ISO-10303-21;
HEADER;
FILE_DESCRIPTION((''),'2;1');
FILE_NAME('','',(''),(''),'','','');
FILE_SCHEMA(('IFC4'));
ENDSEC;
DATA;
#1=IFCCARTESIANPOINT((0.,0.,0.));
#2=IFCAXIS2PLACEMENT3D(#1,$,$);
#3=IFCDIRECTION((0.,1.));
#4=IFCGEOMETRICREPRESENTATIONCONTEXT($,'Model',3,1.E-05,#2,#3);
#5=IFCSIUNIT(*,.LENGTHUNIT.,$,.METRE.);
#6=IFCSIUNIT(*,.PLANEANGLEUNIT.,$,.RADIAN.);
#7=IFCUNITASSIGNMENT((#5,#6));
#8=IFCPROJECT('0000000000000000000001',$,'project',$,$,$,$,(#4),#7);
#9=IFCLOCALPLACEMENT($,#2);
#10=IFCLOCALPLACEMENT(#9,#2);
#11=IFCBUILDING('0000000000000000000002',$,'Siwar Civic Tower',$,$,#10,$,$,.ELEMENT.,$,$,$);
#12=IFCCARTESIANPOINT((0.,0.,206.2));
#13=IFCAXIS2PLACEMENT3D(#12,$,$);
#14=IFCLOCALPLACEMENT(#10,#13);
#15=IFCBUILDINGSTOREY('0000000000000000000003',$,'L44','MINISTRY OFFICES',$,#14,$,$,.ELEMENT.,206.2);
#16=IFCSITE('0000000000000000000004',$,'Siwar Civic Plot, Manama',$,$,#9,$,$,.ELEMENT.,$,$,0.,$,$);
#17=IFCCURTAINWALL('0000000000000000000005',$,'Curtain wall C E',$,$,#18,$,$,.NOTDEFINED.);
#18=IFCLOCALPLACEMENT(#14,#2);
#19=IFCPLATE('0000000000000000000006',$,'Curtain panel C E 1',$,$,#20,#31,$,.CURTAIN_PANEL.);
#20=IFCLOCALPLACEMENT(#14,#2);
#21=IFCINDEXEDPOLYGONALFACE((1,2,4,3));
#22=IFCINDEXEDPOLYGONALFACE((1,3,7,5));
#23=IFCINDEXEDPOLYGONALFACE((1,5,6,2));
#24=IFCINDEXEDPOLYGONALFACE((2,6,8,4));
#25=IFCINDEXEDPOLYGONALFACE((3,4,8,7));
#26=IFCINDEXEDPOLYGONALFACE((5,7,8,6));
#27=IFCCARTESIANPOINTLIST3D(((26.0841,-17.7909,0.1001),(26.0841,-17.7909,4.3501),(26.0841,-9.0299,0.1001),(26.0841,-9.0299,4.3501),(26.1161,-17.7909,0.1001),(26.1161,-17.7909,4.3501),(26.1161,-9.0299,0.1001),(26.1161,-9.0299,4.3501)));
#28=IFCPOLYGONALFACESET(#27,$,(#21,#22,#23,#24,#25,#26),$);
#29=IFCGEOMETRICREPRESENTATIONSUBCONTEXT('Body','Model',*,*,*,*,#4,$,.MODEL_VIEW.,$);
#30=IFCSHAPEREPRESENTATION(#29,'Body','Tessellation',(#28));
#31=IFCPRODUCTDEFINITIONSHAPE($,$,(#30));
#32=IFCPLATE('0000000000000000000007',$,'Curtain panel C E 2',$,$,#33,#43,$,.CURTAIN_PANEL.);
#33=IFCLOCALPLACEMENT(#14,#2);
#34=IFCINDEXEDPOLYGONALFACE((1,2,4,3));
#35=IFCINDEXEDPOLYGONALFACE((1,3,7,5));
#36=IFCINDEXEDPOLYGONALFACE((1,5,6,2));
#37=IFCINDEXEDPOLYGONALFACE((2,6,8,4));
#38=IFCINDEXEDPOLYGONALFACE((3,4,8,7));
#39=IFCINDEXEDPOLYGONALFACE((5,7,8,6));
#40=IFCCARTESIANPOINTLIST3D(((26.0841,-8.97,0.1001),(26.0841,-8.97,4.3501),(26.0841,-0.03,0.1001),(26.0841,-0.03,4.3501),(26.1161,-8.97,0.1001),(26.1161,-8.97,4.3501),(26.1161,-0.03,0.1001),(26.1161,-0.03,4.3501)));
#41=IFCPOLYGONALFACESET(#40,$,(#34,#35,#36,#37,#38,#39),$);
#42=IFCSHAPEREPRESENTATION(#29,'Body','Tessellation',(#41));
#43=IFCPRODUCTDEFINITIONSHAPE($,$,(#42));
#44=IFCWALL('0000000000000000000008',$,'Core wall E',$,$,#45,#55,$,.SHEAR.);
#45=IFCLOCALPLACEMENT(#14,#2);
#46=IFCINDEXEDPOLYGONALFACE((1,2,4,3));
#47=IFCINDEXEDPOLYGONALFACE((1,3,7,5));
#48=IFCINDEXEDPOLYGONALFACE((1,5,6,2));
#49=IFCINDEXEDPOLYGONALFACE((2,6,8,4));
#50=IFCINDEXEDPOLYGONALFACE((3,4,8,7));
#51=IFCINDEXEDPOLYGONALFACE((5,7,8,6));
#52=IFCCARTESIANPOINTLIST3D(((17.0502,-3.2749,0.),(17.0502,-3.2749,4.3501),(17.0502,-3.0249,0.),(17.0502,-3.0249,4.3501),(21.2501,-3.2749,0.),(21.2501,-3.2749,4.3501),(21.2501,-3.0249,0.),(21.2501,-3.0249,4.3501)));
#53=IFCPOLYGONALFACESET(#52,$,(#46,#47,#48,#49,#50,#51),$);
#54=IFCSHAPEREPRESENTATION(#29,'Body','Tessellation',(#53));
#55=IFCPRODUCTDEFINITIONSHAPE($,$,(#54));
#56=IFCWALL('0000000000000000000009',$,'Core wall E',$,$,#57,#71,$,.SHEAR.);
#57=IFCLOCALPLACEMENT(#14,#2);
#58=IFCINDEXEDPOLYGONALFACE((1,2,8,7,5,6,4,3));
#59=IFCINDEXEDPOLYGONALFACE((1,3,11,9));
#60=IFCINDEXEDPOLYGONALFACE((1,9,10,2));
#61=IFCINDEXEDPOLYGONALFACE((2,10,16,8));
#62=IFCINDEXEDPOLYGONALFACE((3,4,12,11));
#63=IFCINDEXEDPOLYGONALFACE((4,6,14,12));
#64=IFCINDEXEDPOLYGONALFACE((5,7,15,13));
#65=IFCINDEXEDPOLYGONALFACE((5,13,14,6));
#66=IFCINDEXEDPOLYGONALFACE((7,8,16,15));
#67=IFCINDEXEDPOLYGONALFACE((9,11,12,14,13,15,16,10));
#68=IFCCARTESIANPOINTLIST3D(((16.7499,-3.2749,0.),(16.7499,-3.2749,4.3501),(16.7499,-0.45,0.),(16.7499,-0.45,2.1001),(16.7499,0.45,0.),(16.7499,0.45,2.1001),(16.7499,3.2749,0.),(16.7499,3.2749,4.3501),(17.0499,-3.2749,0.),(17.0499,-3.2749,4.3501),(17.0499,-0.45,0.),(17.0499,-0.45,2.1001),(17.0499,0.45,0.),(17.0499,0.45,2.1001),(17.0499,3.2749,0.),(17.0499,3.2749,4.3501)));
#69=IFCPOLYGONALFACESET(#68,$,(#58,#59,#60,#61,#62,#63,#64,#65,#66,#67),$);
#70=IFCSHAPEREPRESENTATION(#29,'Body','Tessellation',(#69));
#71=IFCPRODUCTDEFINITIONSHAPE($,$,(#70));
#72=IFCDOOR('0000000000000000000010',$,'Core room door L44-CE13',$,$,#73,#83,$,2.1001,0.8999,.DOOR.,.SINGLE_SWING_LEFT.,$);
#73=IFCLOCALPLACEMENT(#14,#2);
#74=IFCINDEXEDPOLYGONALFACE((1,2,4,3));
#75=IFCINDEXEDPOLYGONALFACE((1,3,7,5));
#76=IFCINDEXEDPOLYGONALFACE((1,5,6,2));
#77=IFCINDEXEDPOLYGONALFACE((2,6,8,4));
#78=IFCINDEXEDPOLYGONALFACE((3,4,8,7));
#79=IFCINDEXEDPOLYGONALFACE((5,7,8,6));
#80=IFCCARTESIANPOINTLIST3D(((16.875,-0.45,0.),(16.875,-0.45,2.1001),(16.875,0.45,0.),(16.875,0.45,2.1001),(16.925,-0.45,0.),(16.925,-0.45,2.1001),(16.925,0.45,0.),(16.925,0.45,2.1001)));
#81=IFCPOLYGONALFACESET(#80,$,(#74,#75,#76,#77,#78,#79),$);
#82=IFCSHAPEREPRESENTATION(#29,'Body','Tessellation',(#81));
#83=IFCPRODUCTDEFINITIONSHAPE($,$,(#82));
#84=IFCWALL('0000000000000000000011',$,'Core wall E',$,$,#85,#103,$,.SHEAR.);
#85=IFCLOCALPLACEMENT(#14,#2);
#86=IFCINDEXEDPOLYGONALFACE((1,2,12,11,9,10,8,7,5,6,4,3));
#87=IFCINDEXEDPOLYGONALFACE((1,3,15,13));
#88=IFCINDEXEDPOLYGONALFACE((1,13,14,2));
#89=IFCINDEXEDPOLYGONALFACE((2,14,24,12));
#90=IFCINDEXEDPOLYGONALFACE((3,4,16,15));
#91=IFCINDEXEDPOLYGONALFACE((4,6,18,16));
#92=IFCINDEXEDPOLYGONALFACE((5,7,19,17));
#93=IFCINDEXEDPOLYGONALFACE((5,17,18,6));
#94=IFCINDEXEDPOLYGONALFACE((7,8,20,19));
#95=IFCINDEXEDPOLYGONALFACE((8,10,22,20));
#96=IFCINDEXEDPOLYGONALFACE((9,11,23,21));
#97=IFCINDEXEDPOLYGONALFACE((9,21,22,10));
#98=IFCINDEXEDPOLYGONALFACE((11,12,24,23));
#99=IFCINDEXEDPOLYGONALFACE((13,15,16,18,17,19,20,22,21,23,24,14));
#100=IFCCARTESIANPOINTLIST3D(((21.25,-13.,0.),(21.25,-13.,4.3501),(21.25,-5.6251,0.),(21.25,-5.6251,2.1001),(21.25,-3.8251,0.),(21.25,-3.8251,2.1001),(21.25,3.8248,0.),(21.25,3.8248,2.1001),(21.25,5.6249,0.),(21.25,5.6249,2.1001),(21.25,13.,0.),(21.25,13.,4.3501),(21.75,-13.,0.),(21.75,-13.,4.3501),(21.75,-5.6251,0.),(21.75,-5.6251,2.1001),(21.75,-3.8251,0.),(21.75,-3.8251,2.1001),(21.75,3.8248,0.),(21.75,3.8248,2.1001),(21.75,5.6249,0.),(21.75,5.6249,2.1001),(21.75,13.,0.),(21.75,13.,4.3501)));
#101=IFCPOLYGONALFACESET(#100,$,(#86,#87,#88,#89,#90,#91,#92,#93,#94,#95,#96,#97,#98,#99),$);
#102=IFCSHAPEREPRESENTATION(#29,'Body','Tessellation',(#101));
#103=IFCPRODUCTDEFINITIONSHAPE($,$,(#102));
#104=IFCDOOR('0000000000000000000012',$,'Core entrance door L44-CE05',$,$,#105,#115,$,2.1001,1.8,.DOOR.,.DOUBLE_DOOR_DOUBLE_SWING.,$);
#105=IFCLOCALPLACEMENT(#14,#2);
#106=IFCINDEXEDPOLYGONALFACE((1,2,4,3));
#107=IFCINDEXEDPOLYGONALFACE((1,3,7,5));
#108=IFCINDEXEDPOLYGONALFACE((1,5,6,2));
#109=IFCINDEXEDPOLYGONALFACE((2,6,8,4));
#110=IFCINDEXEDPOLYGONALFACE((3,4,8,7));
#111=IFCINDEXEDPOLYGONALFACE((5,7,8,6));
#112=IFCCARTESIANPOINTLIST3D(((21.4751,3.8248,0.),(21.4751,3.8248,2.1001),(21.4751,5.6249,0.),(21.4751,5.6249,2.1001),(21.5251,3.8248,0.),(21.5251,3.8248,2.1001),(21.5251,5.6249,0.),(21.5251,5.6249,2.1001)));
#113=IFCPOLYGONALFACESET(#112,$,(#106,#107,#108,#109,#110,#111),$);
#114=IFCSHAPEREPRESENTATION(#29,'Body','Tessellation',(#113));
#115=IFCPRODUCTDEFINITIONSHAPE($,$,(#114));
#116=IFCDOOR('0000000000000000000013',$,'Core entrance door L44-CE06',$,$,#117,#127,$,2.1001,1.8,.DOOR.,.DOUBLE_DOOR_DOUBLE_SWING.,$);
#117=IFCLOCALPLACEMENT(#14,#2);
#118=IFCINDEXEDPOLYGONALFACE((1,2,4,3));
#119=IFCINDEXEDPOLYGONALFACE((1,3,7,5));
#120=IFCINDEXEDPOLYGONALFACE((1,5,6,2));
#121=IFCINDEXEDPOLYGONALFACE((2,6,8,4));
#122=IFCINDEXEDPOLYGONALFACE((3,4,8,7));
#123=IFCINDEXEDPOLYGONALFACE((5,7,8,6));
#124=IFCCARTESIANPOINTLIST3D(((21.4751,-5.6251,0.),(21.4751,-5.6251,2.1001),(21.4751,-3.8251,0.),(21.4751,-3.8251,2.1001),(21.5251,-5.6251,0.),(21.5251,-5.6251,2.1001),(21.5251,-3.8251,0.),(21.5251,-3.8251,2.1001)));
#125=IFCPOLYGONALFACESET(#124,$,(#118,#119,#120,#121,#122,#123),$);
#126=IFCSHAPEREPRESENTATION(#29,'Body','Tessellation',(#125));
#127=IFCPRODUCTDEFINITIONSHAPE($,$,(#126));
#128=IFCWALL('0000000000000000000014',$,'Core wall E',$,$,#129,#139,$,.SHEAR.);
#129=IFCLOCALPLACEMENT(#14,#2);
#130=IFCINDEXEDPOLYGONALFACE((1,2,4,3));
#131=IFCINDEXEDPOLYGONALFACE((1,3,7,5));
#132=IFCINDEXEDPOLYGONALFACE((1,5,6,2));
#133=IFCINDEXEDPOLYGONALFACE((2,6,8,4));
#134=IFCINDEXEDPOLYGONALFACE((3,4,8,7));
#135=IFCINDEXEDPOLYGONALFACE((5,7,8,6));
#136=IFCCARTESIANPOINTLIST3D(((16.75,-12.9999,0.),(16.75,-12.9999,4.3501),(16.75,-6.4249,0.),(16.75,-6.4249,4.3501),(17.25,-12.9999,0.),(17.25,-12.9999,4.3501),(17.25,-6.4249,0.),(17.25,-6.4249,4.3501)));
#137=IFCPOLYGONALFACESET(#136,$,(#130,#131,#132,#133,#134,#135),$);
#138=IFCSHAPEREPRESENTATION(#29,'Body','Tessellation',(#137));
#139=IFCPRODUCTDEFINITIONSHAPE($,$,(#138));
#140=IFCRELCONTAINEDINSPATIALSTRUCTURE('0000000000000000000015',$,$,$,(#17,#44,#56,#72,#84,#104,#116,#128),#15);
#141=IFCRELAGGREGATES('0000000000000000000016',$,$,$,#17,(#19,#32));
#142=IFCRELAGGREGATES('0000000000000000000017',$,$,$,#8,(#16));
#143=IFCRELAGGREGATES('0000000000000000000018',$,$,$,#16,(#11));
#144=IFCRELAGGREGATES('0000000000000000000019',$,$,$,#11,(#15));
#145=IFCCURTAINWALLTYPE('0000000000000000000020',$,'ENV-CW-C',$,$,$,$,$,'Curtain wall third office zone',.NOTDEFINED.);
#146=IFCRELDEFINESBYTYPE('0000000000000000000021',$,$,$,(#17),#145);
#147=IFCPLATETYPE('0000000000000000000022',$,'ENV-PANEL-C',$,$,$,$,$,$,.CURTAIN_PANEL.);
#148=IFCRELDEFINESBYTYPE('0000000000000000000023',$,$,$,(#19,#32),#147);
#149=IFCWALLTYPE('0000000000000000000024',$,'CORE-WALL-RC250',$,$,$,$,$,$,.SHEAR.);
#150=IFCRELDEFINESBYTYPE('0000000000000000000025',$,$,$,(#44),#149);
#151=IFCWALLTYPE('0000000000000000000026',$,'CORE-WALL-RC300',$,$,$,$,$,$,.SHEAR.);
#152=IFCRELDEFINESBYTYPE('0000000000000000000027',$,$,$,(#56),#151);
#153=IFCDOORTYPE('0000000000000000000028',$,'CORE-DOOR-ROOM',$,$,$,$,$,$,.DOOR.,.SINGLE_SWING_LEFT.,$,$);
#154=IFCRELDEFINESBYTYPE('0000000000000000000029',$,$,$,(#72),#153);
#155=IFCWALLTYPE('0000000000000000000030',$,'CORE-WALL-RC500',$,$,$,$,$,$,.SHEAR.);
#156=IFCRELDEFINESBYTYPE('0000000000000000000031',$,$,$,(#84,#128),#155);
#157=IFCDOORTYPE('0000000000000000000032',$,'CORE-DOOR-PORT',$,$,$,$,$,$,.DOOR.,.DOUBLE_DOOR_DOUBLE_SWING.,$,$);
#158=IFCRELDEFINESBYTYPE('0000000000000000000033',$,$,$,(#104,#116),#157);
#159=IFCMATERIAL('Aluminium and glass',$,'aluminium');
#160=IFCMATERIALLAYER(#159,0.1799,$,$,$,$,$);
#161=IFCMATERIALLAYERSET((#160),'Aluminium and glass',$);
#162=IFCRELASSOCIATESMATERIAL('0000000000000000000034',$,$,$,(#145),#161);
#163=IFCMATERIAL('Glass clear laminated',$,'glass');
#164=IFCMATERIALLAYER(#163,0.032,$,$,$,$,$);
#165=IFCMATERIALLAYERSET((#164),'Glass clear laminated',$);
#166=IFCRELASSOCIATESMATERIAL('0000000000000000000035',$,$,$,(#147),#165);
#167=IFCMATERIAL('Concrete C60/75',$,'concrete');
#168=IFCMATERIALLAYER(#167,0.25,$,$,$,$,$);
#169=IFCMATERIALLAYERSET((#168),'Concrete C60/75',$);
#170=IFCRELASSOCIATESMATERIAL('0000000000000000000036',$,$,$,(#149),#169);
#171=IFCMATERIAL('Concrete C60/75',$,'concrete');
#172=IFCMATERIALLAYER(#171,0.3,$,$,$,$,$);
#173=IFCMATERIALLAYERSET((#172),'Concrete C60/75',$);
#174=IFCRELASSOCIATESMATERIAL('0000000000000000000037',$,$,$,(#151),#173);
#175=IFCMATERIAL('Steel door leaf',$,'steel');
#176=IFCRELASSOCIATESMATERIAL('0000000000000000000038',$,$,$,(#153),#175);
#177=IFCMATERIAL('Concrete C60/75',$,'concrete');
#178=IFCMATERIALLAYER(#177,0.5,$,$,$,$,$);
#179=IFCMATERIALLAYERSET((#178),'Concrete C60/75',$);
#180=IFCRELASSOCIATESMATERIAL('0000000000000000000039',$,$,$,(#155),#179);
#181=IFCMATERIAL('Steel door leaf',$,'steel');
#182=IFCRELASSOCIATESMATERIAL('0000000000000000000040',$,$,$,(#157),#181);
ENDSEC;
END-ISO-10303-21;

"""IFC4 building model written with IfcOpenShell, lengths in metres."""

from ifc_helpers import new_model, si_unit, direction, frame, frame_2d, origin, origin_2d, place, context, subcontext, project, spatial, rectangle, extrude, material, layer, layer_set, type_object, element, fill, aggregate, save


model = new_model("IFC4")

# Units and contexts
model_context = context("Model", 3, precision=1e-05, world=origin(), true_north=direction((0.0, 1.0)))
body_context = subcontext(model_context, "Body", "Model", "MODEL_VIEW")
ifc_project = project(units=[si_unit("LENGTHUNIT", "METRE"), si_unit("PLANEANGLEUNIT", "RADIAN")], contexts=[model_context])

# Site, building, storey
site_placement = place(None, origin())
site = spatial("IfcSite", under=ifc_project, at=site_placement, Name="Siwar Civic Plot, Manama", CompositionType="ELEMENT", RefElevation=0.0)
building_placement = place(site_placement, origin())
building = spatial("IfcBuilding", under=site, at=building_placement, Name="Siwar Civic Tower", CompositionType="ELEMENT")
storey_placement = place(building_placement, frame((0.0, 0.0, 206.2)))
storey = spatial("IfcBuildingStorey", under=building, at=storey_placement, Name="L44", Description="MINISTRY OFFICES", CompositionType="ELEMENT", Elevation=206.2)

# Curtain wall
ifc_material_1 = material(Name="Aluminium and glass", Category="aluminium")
ifc_layer_1 = layer(ifc_material_1, 0.1799)
ifc_layer_set_1 = layer_set([ifc_layer_1], Name="Aluminium and glass")
curtain_wall_type = type_object("IfcCurtainWallType", Name="ENV-CW-C", ElementType="Curtain wall third office zone", PredefinedType="NOTDEFINED", material=ifc_layer_set_1)
curtain_wall_placement = place(storey_placement, origin())
curtain_wall = element("IfcCurtainWall", 1, at=curtain_wall_placement, inside=storey, type_object=curtain_wall_type, Name="Curtain wall C E", PredefinedType="NOTDEFINED")

# Plates
ifc_material_2 = material(Name="Glass clear laminated", Category="glass")
ifc_layer_2 = layer(ifc_material_2, 0.032)
ifc_layer_set_2 = layer_set([ifc_layer_2], Name="Glass clear laminated")
plate_type = type_object("IfcPlateType", Name="ENV-PANEL-C", PredefinedType="CURTAIN_PANEL", material=ifc_layer_set_2)
plate_1_placement = place(storey_placement, frame((26.1001, -13.4104, 0.1001), z_axis=(0.0, 0.0, 1.0), x_axis=(0.0, 1.0, 0.0)))
plate_1 = element("IfcPlate", 2, at=plate_1_placement, type_object=plate_type, Name="Curtain panel C E 1", PredefinedType="CURTAIN_PANEL", context=body_context, shape_type="SweptSolid", body=[
    extrude(rectangle(XDim=8.761, YDim=0.032, at=origin_2d()), origin(), (0.0, 0.0, 1.0), 4.25),
])
plate_2_placement = place(storey_placement, frame((26.1001, -4.5, 0.1001), z_axis=(0.0, 0.0, 1.0), x_axis=(0.0, 1.0, 0.0)))
plate_2 = element("IfcPlate", 3, at=plate_2_placement, type_object=plate_type, Name="Curtain panel C E 2", PredefinedType="CURTAIN_PANEL", context=body_context, shape_type="SweptSolid", body=[
    extrude(rectangle(XDim=8.9399, YDim=0.032, at=origin_2d()), origin(), (0.0, 0.0, 1.0), 4.25),
])
aggregate(curtain_wall, [plate_1, plate_2])

# Wall
ifc_material_3 = material(Name="Concrete C60/75", Category="concrete")
ifc_layer_3 = layer(ifc_material_3, 0.25)
ifc_layer_set_3 = layer_set([ifc_layer_3], Name="Concrete C60/75")
wall_type_1 = type_object("IfcWallType", Name="CORE-WALL-RC250", PredefinedType="SHEAR", material=ifc_layer_set_3)
wall_1_placement = place(storey_placement, frame((17.05, -3.1499, 0.0), z_axis=(0.0, 0.0, 1.0), x_axis=(1.0, 0.0, 0.0)))
element("IfcWall", 4, at=wall_1_placement, inside=storey, type_object=wall_type_1, Name="Core wall E", PredefinedType="SHEAR", context=body_context, shape_type="SweptSolid", body=[
    extrude(rectangle(XDim=4.2, YDim=0.25, at=frame_2d((2.1001, 0.0))), origin(), (0.0, 0.0, 1.0), 4.3501),
])

# Wall, opening, door
ifc_material_4 = material(Name="Concrete C60/75", Category="concrete")
ifc_layer_4 = layer(ifc_material_4, 0.3)
ifc_layer_set_4 = layer_set([ifc_layer_4], Name="Concrete C60/75")
wall_type_2 = type_object("IfcWallType", Name="CORE-WALL-RC300", PredefinedType="SHEAR", material=ifc_layer_set_4)
wall_2_placement = place(storey_placement, frame((16.8999, -3.2749, 0.0), z_axis=(0.0, 0.0, 1.0), x_axis=(0.0, 1.0, 0.0)))
wall_2 = element("IfcWall", 5, at=wall_2_placement, inside=storey, type_object=wall_type_2, Name="Core wall E", PredefinedType="SHEAR", context=body_context, shape_type="SweptSolid", body=[
    extrude(rectangle(XDim=6.5498, YDim=0.3, at=frame_2d((3.2749, 0.0))), origin(), (0.0, 0.0, 1.0), 4.3501),
])
opening_1_placement = place(wall_2_placement, frame((2.825, 0.0, 0.0)))
opening_1 = element("IfcOpeningElement", 6, at=opening_1_placement, cuts=wall_2, PredefinedType="OPENING", context=body_context, shape_type="SweptSolid", body=[
    extrude(rectangle(XDim=0.8999, YDim=2.1001, at=frame_2d((0.45, 1.05))), frame((0.0, 0.1602, 0.0), z_axis=(0.0, -1.0, 0.0), x_axis=(1.0, 0.0, 0.0)), (0.0, 0.0, 1.0), 0.3201),
])
ifc_material_5 = material(Name="Steel door leaf", Category="steel")
door_type_1 = type_object("IfcDoorType", Name="CORE-DOOR-ROOM", OperationType="SINGLE_SWING_LEFT", PredefinedType="DOOR", material=ifc_material_5)
door_1_placement = place(opening_1_placement, origin())
door_1 = element("IfcDoor", 7, at=door_1_placement, inside=storey, type_object=door_type_1, Name="Core room door L44-CE13", OperationType="SINGLE_SWING_LEFT", OverallHeight=2.1001, OverallWidth=0.8999, PredefinedType="DOOR", context=body_context, shape_type="SweptSolid", body=[
    extrude(rectangle(XDim=0.8999, YDim=2.1001, at=frame_2d((0.45, 1.05))), frame((0.0, 0.0249, 0.0), z_axis=(0.0, -1.0, 0.0), x_axis=(1.0, 0.0, 0.0)), (0.0, 0.0, 1.0), 0.05),
])
fill(opening_1, door_1)

# Wall, openings, doors
ifc_material_6 = material(Name="Concrete C60/75", Category="concrete")
ifc_layer_5 = layer(ifc_material_6, 0.5)
ifc_layer_set_5 = layer_set([ifc_layer_5], Name="Concrete C60/75")
wall_type_3 = type_object("IfcWallType", Name="CORE-WALL-RC500", PredefinedType="SHEAR", material=ifc_layer_set_5)
wall_3_placement = place(storey_placement, frame((21.5, -13.0, 0.0), z_axis=(0.0, 0.0, 1.0), x_axis=(0.0, 1.0, 0.0)))
wall_3 = element("IfcWall", 8, at=wall_3_placement, inside=storey, type_object=wall_type_3, Name="Core wall E", PredefinedType="SHEAR", context=body_context, shape_type="SweptSolid", body=[
    extrude(rectangle(XDim=26.0, YDim=0.5, at=frame_2d((13.0, 0.0))), origin(), (0.0, 0.0, 1.0), 4.3501),
])
opening_2_placement = place(wall_3_placement, frame((16.825, 0.0, 0.0)))
opening_2 = element("IfcOpeningElement", 9, at=opening_2_placement, cuts=wall_3, PredefinedType="OPENING", context=body_context, shape_type="SweptSolid", body=[
    extrude(rectangle(XDim=1.8, YDim=2.1001, at=frame_2d((0.8999, 1.05))), frame((0.0, 0.26, 0.0), z_axis=(0.0, -1.0, 0.0), x_axis=(1.0, 0.0, 0.0)), (0.0, 0.0, 1.0), 0.52),
])
opening_3_placement = place(wall_3_placement, frame((7.375, 0.0, 0.0)))
opening_3 = element("IfcOpeningElement", 10, at=opening_3_placement, cuts=wall_3, PredefinedType="OPENING", context=body_context, shape_type="SweptSolid", body=[
    extrude(rectangle(XDim=1.8, YDim=2.1001, at=frame_2d((0.8999, 1.05))), frame((0.0, 0.26, 0.0), z_axis=(0.0, -1.0, 0.0), x_axis=(1.0, 0.0, 0.0)), (0.0, 0.0, 1.0), 0.52),
])
ifc_material_7 = material(Name="Steel door leaf", Category="steel")
door_type_2 = type_object("IfcDoorType", Name="CORE-DOOR-PORT", OperationType="DOUBLE_DOOR_DOUBLE_SWING", PredefinedType="DOOR", material=ifc_material_7)
door_2_placement = place(opening_2_placement, origin())
door_2 = element("IfcDoor", 11, at=door_2_placement, inside=storey, type_object=door_type_2, Name="Core entrance door L44-CE05", OperationType="DOUBLE_DOOR_DOUBLE_SWING", OverallHeight=2.1001, OverallWidth=1.8, PredefinedType="DOOR", context=body_context, shape_type="SweptSolid", body=[
    extrude(rectangle(XDim=1.8, YDim=2.1001, at=frame_2d((0.8999, 1.05))), frame((0.0, 0.0249, 0.0), z_axis=(0.0, -1.0, 0.0), x_axis=(1.0, 0.0, 0.0)), (0.0, 0.0, 1.0), 0.05),
])
fill(opening_2, door_2)
door_3_placement = place(opening_3_placement, origin())
door_3 = element("IfcDoor", 12, at=door_3_placement, inside=storey, type_object=door_type_2, Name="Core entrance door L44-CE06", OperationType="DOUBLE_DOOR_DOUBLE_SWING", OverallHeight=2.1001, OverallWidth=1.8, PredefinedType="DOOR", context=body_context, shape_type="SweptSolid", body=[
    extrude(rectangle(XDim=1.8, YDim=2.1001, at=frame_2d((0.8999, 1.05))), frame((0.0, 0.0249, 0.0), z_axis=(0.0, -1.0, 0.0), x_axis=(1.0, 0.0, 0.0)), (0.0, 0.0, 1.0), 0.05),
])
fill(opening_3, door_3)

# Wall
wall_4_placement = place(storey_placement, frame((17.0, -13.0, 0.0), z_axis=(0.0, 0.0, 1.0), x_axis=(0.0, 1.0, 0.0)))
element("IfcWall", 13, at=wall_4_placement, inside=storey, type_object=wall_type_3, Name="Core wall E", PredefinedType="SHEAR", context=body_context, shape_type="SweptSolid", body=[
    extrude(rectangle(XDim=6.575, YDim=0.5, at=frame_2d((3.2876, 0.0))), origin(), (0.0, 0.0, 1.0), 4.3501),
])

save(model, "model.ifc")
